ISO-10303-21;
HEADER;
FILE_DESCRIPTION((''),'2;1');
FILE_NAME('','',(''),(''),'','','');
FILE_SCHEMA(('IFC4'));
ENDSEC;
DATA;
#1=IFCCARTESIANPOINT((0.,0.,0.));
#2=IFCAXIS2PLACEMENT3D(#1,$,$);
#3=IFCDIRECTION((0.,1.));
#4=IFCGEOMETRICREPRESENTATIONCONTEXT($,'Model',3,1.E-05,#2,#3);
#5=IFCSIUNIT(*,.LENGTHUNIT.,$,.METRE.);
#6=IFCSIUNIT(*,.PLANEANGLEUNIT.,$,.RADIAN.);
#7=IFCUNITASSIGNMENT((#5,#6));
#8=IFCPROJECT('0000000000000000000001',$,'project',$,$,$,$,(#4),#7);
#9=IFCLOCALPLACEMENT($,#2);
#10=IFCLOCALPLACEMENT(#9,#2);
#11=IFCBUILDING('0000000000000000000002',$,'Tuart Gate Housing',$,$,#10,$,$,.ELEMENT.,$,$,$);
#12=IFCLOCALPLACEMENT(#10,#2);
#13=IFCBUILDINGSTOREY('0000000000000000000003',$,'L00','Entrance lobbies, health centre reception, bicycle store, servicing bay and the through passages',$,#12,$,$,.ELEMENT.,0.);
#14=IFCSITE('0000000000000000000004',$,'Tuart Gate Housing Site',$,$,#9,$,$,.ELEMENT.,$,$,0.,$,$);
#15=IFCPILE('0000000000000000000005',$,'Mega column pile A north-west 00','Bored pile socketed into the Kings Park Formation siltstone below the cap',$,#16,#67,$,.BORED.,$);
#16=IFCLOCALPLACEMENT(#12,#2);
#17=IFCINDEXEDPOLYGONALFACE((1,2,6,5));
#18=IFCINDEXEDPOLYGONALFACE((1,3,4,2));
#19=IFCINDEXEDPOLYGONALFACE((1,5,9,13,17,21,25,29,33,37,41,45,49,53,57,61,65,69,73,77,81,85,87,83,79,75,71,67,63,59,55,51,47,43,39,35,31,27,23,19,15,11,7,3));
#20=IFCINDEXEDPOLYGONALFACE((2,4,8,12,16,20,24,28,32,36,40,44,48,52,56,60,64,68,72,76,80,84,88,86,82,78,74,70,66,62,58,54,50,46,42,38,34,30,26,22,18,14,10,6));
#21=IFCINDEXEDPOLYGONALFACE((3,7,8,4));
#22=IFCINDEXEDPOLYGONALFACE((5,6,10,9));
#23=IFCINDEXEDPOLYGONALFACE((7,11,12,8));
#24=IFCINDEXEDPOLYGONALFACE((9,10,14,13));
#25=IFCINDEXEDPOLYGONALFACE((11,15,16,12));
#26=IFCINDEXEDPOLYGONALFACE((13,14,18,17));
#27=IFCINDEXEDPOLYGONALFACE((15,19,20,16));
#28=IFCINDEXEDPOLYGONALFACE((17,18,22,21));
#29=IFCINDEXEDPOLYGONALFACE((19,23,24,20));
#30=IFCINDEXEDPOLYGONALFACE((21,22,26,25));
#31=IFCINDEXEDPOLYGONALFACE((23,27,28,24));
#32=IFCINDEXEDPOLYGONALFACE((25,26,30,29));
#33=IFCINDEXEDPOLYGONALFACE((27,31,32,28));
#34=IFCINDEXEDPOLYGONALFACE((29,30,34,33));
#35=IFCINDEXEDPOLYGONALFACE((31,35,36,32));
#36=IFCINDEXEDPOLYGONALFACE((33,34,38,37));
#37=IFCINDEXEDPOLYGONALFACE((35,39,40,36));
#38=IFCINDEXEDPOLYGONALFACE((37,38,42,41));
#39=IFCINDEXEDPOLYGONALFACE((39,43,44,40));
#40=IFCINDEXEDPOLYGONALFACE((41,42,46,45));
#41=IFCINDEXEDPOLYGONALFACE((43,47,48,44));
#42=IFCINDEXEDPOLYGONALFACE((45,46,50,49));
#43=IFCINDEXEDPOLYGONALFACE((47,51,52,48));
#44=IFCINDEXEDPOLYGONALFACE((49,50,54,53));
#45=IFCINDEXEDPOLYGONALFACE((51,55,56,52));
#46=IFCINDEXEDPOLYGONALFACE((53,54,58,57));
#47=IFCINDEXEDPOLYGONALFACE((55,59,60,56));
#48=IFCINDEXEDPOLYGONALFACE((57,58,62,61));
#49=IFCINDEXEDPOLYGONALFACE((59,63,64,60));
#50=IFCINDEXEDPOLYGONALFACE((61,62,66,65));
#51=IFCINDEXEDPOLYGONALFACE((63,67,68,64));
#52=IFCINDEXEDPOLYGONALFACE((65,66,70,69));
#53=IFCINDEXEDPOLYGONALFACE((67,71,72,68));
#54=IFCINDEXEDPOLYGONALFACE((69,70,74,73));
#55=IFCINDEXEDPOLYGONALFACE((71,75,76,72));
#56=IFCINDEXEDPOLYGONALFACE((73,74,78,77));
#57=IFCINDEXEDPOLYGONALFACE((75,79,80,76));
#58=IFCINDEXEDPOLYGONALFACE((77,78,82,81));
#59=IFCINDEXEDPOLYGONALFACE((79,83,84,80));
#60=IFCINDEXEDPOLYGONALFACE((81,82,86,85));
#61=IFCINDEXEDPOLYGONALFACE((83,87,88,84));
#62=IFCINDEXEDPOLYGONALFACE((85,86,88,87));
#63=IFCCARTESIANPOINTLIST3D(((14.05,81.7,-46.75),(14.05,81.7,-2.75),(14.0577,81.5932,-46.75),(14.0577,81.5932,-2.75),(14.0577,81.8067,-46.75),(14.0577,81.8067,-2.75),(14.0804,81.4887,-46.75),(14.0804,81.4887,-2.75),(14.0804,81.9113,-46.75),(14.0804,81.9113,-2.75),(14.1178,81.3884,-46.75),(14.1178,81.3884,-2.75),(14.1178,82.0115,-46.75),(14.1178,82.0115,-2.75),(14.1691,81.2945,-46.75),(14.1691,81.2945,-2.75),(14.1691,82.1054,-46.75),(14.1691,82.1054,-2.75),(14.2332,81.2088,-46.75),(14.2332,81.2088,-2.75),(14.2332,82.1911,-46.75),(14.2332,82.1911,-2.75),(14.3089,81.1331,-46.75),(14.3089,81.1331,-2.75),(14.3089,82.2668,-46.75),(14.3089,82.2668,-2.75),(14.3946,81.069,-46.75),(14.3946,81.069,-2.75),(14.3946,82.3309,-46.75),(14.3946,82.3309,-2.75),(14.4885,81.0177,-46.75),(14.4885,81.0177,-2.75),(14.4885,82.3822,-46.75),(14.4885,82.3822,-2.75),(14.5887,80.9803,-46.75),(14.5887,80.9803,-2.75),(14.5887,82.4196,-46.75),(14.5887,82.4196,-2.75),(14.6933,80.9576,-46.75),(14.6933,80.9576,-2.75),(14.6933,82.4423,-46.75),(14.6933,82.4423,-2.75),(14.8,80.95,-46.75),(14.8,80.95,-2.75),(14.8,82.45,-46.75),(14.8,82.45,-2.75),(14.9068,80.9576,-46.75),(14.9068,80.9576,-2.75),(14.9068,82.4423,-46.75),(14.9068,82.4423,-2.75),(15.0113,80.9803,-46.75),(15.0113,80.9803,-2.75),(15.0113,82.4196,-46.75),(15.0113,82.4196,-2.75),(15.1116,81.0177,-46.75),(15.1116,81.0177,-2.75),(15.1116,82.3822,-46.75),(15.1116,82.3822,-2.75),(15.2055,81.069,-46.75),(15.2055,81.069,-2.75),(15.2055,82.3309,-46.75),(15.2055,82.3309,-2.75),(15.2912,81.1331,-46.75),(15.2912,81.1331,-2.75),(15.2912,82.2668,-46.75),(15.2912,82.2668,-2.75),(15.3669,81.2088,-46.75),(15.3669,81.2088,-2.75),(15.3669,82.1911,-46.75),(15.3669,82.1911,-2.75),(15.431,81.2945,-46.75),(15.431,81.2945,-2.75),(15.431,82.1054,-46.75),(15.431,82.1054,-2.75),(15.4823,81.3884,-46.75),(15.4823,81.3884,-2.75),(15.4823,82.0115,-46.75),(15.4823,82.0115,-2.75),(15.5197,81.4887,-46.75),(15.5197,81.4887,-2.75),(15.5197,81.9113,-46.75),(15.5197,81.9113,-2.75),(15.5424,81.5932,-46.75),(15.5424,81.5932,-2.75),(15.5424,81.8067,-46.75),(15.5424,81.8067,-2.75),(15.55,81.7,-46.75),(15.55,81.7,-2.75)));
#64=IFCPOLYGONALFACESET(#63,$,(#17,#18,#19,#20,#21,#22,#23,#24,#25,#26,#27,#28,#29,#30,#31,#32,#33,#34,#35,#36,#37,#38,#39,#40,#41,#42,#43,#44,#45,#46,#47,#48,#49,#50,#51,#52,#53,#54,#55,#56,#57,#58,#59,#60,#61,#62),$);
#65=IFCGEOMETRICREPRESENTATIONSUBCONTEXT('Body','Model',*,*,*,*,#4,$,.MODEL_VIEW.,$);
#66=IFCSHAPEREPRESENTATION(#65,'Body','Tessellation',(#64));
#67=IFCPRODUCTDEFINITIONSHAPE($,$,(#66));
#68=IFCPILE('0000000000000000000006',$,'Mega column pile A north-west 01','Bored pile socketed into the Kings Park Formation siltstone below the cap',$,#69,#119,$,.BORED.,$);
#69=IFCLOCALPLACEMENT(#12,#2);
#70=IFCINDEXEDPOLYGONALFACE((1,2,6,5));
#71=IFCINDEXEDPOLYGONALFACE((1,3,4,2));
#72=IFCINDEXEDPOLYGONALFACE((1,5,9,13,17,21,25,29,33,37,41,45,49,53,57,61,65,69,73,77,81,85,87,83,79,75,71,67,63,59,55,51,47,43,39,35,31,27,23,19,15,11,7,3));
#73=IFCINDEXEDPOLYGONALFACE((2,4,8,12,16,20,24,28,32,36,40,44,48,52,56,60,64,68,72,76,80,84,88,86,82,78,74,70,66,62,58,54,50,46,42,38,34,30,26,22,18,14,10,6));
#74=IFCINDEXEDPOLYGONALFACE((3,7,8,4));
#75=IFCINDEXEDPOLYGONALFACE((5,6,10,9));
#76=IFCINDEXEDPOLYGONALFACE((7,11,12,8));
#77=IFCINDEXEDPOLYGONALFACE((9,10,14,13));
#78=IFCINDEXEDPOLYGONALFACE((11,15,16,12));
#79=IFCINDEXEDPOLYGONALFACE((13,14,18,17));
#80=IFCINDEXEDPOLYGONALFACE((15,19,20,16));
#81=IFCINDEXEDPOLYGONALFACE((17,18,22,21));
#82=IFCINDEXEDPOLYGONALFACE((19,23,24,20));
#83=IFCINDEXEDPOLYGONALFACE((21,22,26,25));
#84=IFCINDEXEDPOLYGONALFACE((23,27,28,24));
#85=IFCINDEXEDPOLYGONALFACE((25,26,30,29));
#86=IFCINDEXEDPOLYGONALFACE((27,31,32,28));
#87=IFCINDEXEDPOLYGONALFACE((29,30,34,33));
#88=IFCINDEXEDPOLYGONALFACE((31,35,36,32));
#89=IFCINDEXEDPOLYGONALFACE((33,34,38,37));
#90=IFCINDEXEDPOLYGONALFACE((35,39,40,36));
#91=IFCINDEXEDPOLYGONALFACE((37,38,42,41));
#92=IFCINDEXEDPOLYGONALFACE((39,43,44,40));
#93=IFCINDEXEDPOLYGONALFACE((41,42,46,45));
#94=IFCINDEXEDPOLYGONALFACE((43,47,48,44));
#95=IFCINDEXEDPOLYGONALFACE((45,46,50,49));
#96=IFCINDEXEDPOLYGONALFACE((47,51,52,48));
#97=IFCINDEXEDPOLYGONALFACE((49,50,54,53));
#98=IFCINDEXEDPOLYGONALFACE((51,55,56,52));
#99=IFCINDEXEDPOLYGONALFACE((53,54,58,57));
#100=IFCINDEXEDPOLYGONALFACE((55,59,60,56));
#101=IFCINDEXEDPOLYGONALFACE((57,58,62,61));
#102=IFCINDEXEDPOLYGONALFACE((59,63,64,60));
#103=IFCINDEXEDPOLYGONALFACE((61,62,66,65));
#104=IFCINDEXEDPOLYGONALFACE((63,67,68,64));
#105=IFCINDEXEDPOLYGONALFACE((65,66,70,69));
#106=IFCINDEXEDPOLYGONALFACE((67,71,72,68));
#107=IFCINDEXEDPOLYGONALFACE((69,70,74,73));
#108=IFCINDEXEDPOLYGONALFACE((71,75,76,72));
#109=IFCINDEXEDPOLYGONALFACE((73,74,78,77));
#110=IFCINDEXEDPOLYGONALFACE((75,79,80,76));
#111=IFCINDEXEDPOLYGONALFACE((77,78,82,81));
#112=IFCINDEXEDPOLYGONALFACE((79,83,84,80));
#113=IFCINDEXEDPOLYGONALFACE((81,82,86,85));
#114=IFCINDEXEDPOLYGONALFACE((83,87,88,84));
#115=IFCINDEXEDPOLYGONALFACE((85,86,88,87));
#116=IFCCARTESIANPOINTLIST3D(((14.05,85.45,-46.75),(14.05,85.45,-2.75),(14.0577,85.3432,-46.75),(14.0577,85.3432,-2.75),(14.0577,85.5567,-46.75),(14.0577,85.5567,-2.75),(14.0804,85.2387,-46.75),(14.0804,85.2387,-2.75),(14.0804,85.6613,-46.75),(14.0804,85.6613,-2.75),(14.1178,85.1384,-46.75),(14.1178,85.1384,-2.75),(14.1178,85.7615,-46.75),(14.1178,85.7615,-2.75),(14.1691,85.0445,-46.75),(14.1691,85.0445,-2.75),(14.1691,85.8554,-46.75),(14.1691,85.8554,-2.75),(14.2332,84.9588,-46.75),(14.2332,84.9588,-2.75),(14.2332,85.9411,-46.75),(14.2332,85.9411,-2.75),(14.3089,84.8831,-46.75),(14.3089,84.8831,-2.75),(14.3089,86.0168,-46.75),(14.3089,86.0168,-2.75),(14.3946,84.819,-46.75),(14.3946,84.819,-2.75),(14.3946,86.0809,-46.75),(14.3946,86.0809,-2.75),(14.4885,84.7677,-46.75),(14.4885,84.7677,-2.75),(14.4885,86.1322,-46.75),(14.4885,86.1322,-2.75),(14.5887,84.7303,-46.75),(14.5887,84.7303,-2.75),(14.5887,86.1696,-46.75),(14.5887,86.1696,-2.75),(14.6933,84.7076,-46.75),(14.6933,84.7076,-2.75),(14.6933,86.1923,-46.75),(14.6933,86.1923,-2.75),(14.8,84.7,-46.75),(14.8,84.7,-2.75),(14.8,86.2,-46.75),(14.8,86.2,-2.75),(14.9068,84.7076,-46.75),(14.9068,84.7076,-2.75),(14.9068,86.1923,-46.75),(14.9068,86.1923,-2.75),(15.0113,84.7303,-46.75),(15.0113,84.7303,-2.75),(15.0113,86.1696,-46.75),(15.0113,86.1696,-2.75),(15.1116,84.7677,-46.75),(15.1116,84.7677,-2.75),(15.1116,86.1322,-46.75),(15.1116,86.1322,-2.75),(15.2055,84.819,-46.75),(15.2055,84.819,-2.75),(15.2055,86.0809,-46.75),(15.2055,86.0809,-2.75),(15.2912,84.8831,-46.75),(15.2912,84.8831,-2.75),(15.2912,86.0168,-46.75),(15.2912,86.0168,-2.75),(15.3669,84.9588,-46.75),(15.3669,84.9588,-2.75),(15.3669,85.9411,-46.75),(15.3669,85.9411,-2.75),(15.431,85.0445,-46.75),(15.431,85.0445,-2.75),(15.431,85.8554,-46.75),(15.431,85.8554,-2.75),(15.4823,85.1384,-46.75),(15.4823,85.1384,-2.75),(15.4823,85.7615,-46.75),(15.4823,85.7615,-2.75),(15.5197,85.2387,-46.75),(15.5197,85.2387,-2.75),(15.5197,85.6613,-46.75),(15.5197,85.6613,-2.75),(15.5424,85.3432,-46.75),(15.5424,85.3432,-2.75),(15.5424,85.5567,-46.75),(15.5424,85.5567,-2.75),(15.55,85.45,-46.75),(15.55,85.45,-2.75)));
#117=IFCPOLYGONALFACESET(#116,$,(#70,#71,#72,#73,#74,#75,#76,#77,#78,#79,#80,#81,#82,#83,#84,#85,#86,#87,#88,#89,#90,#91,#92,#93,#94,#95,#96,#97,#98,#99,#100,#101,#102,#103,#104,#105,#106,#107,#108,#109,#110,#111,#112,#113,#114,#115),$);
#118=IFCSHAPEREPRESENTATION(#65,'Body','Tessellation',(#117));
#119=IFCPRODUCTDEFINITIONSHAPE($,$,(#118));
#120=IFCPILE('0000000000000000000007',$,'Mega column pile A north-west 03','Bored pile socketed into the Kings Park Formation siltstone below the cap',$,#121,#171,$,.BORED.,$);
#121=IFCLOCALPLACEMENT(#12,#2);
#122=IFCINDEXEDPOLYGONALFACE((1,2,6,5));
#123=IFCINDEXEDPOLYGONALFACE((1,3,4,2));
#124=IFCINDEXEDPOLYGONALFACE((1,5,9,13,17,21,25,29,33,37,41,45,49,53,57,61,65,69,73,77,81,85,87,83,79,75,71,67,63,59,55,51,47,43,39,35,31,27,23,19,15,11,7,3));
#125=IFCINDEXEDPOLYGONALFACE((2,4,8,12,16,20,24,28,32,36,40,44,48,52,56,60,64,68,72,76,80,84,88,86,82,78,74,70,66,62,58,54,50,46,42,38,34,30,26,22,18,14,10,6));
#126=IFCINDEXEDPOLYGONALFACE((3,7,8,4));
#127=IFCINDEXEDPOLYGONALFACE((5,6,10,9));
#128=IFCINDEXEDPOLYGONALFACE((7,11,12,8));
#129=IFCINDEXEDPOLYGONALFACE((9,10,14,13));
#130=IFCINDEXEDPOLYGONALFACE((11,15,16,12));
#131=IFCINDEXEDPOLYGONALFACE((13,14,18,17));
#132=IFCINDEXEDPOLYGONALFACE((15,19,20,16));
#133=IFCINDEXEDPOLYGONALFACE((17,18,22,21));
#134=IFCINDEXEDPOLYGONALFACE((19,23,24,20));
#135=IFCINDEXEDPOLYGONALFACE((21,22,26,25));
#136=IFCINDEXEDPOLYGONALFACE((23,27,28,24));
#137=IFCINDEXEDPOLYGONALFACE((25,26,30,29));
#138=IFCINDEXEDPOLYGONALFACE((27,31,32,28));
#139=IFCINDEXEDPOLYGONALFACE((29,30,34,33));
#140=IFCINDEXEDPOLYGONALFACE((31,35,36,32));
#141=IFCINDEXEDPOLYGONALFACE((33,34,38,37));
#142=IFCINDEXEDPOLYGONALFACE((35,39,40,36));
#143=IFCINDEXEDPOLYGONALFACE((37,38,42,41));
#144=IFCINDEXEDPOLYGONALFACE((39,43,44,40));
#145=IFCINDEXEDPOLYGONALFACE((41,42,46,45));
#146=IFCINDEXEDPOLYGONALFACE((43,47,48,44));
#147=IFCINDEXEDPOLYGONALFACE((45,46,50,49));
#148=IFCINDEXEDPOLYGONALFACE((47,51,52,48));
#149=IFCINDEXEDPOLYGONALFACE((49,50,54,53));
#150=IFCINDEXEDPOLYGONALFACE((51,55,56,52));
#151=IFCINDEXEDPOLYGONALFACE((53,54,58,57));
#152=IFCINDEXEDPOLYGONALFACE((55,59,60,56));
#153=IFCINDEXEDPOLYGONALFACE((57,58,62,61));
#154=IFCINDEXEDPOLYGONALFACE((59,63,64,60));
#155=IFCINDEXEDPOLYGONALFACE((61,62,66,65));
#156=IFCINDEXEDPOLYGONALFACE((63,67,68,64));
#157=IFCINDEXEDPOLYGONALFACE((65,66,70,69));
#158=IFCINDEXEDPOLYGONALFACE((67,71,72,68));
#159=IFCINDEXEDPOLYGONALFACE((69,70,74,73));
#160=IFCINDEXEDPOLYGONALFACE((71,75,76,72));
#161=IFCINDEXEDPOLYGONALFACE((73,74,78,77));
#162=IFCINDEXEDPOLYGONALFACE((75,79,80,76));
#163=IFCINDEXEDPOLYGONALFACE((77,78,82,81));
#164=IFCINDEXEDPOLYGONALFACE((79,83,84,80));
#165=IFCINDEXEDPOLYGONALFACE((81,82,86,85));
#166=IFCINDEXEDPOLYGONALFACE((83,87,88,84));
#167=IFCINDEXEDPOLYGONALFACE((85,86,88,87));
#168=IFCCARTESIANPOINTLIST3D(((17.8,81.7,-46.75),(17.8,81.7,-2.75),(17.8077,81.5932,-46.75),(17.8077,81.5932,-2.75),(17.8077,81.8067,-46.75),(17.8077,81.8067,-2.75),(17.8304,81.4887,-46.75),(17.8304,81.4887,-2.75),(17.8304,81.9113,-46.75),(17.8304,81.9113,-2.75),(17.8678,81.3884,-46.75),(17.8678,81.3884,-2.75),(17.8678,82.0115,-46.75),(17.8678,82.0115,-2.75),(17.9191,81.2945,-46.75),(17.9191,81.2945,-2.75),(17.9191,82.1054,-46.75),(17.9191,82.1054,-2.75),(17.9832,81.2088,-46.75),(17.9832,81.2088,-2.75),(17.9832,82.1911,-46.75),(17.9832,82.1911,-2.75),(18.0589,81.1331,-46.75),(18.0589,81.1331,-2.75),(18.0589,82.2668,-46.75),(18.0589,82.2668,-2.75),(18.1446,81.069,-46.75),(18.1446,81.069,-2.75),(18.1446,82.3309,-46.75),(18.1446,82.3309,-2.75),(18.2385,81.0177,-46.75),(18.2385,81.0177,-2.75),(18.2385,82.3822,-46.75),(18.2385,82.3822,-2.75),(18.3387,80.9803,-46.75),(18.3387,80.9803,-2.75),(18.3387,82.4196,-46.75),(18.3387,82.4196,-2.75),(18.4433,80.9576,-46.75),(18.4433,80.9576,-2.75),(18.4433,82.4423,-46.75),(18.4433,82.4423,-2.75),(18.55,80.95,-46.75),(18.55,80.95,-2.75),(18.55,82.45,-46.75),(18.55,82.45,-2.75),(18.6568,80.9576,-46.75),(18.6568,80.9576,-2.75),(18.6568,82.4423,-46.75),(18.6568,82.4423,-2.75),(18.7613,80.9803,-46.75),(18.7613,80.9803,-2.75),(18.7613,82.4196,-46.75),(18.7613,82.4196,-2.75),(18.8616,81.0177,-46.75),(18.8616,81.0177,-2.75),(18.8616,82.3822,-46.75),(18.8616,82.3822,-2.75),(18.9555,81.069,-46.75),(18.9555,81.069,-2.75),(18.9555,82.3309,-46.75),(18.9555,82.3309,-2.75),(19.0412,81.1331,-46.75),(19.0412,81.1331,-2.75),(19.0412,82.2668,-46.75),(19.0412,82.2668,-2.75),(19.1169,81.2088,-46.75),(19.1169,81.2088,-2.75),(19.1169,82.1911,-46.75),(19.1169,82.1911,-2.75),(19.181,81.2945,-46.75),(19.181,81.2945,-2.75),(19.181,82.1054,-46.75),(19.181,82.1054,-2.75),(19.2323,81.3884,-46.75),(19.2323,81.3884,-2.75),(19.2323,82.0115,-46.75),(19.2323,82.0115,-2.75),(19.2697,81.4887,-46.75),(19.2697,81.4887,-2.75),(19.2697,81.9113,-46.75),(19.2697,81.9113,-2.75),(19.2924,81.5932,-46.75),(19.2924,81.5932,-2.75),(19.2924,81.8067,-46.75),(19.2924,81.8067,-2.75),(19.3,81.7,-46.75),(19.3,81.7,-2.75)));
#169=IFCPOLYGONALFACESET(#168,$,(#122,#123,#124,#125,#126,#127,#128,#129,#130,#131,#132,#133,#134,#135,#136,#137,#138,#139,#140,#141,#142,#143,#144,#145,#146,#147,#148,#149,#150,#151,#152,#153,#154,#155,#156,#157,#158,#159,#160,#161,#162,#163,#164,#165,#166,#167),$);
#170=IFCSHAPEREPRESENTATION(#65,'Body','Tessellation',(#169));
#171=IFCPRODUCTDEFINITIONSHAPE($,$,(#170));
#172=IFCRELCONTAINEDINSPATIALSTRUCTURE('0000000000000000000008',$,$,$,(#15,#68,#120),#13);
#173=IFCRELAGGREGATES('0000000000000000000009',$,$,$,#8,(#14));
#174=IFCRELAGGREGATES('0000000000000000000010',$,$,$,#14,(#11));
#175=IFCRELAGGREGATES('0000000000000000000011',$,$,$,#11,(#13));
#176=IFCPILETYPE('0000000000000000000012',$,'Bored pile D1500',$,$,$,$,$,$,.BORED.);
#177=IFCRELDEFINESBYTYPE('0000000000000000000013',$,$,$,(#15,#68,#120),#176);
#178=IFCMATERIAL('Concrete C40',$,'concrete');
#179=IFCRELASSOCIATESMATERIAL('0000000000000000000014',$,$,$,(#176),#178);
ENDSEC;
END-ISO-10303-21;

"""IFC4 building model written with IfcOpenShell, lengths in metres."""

from ifc_helpers import new_model, si_unit, direction, frame, origin, origin_2d, place, context, subcontext, project, spatial, circle, extrude, material, material_profile, profile_set, type_object, element, save


model = new_model("IFC4")

# Units and contexts
model_context = context("Model", 3, precision=1e-05, world=origin(), true_north=direction((0.0, 1.0)))
body_context = subcontext(model_context, "Body", "Model", "MODEL_VIEW")
ifc_project = project(units=[si_unit("LENGTHUNIT", "METRE"), si_unit("PLANEANGLEUNIT", "RADIAN")], contexts=[model_context])

# Site, building, storey
site_placement = place(None, origin())
site = spatial("IfcSite", under=ifc_project, at=site_placement, Name="Tuart Gate Housing Site", CompositionType="ELEMENT", RefElevation=0.0)
building_placement = place(site_placement, origin())
building = spatial("IfcBuilding", under=site, at=building_placement, Name="Tuart Gate Housing", CompositionType="ELEMENT")
storey_placement = place(building_placement, origin())
storey = spatial("IfcBuildingStorey", under=building, at=storey_placement, Name="L00", Description="Entrance lobbies, health centre reception, bicycle store, servicing bay and the through passages", CompositionType="ELEMENT", Elevation=0.0)

# Piles
ifc_material_1 = material(Name="Concrete C40", Category="concrete")
ifc_material_profile_1 = material_profile(ifc_material_1, circle(Radius=0.75, at=origin_2d()), Name="Bored pile D1500")
ifc_profile_set_1 = profile_set([ifc_material_profile_1], Name="Concrete C40")
pile_type = type_object("IfcPileType", Name="Bored pile D1500", PredefinedType="BORED", material=ifc_profile_set_1)
for number, where, z_axis, x_axis, name in (
    (1, (14.8, 81.7, -2.75), (0.0, 0.0, -1.0), (1.0, 0.0, 0.0), "Mega column pile A north-west 00"),
    (2, (14.8, 85.45, -2.75), (0.0, 0.0, -1.0), (1.0, 0.0, 0.0), "Mega column pile A north-west 01"),
    (3, (18.55, 81.7, -2.75), (0.0, 0.0, -1.0), (1.0, 0.0, 0.0), "Mega column pile A north-west 03"),
):
    element("IfcPile", number, at=place(storey_placement, frame(where, z_axis=z_axis, x_axis=x_axis)), inside=storey, type_object=pile_type, Name=name, Description="Bored pile socketed into the Kings Park Formation siltstone below the cap", PredefinedType="BORED", context=body_context, shape_type="SweptSolid", body=[
        extrude(circle(Radius=0.75, at=origin_2d()), origin(), (0.0, 0.0, 1.0), 44.0),
    ])

save(model, "model.ifc")
